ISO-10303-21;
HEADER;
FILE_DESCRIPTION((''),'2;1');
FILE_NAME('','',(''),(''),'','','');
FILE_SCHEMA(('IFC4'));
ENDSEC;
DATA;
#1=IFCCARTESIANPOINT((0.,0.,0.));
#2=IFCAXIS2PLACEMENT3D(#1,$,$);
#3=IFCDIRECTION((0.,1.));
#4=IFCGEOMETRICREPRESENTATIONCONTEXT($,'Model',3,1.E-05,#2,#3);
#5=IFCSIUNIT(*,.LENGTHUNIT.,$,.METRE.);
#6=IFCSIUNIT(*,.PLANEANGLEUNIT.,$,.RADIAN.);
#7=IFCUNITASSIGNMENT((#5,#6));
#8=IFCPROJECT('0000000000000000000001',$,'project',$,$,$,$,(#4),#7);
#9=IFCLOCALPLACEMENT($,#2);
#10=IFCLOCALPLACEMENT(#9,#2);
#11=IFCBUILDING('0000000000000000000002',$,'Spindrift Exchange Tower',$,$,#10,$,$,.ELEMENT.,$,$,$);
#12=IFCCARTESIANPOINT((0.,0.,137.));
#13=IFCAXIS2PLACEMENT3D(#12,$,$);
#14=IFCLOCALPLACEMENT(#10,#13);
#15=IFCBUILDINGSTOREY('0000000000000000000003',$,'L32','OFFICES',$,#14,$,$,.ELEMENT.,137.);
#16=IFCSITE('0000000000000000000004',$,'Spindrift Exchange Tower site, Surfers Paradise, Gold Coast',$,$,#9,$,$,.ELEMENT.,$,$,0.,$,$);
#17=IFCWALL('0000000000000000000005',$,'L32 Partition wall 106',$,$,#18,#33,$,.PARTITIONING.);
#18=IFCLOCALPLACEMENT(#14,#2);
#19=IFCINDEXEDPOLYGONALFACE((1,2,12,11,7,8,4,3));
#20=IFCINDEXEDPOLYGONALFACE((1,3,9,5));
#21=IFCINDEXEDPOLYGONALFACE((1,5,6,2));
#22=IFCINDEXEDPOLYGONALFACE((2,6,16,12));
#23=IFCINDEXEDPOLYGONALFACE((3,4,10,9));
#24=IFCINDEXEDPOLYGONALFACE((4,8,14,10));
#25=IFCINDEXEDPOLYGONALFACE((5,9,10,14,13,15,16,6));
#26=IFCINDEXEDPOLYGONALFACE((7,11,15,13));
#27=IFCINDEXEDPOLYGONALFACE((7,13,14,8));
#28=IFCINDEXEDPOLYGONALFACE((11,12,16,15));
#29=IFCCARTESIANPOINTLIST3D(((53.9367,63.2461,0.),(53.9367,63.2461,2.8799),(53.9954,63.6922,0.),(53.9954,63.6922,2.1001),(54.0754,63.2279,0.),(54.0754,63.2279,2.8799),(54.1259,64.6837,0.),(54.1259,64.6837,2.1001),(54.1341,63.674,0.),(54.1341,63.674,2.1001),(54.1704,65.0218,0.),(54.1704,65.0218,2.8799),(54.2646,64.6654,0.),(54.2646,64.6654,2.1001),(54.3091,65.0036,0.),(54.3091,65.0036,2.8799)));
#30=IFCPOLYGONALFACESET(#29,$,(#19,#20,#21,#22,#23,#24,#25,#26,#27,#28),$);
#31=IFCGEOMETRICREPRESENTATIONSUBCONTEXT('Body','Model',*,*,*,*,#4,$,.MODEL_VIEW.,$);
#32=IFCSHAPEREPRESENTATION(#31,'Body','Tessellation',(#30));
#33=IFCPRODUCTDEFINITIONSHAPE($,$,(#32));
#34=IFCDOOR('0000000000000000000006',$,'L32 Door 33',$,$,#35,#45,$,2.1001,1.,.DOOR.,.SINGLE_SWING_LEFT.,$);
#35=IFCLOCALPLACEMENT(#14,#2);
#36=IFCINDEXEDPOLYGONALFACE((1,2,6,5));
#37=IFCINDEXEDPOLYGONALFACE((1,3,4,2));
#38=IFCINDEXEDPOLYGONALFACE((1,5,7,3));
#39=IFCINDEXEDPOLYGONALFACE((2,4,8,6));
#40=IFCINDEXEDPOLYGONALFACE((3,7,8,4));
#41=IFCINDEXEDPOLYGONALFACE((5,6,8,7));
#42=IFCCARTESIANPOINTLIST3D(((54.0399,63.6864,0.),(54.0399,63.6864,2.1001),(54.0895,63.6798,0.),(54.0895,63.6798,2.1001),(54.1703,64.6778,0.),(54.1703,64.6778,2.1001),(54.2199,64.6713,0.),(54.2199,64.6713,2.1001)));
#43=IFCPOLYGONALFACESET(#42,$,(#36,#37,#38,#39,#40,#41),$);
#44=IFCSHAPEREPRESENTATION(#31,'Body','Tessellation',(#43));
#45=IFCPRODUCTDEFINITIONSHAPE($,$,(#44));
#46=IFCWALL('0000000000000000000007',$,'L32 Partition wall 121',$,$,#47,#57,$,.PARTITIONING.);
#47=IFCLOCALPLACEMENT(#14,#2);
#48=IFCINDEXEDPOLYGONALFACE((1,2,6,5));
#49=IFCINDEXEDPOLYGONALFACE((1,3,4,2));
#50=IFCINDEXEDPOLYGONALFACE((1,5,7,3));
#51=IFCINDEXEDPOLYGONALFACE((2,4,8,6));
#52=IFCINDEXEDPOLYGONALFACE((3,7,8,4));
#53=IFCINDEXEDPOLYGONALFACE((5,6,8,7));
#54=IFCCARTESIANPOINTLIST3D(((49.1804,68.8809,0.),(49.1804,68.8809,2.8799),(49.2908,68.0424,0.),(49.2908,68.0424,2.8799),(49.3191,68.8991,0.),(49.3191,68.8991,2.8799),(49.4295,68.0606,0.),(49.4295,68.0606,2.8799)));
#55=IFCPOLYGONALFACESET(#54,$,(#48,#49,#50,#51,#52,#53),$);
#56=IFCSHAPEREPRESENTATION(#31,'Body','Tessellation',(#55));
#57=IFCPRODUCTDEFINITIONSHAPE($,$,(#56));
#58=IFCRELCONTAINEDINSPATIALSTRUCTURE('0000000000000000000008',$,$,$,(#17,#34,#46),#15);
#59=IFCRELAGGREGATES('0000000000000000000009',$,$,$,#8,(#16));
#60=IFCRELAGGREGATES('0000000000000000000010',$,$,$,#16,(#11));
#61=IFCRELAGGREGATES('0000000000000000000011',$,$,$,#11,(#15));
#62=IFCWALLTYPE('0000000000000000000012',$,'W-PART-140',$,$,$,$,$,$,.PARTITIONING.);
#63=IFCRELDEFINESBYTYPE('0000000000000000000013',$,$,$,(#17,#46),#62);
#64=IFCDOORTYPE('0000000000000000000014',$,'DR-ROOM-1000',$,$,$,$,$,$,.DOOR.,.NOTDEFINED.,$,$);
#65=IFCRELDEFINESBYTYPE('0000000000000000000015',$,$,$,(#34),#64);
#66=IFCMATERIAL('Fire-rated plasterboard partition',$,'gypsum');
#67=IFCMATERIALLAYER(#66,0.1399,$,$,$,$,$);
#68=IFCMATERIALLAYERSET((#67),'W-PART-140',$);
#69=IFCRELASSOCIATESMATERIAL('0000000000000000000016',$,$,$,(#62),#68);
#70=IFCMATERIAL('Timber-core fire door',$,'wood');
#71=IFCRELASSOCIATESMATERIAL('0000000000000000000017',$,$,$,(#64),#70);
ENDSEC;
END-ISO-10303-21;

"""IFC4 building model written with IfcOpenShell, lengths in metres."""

from ifc_helpers import new_model, si_unit, direction, frame, frame_2d, origin, place, context, subcontext, project, spatial, rectangle, extrude, source, transform, mapped, material, layer, layer_set, type_object, element, fill, save


model = new_model("IFC4")

# Units and contexts
model_context = context("Model", 3, precision=1e-05, world=origin(), true_north=direction((0.0, 1.0)))
body_context = subcontext(model_context, "Body", "Model", "MODEL_VIEW")
ifc_project = project(units=[si_unit("LENGTHUNIT", "METRE"), si_unit("PLANEANGLEUNIT", "RADIAN")], contexts=[model_context])

# Site, building, storey
site_placement = place(None, origin())
site = spatial("IfcSite", under=ifc_project, at=site_placement, Name="Spindrift Exchange Tower site, Surfers Paradise, Gold Coast", CompositionType="ELEMENT", RefElevation=0.0)
building_placement = place(site_placement, origin())
building = spatial("IfcBuilding", under=site, at=building_placement, Name="Spindrift Exchange Tower", CompositionType="ELEMENT")
storey_placement = place(building_placement, frame((0.0, 0.0, 137.0)))
storey = spatial("IfcBuildingStorey", under=building, at=storey_placement, Name="L32", Description="OFFICES", CompositionType="ELEMENT", Elevation=137.0)

# Shared definitions
ifc_material_1 = material(Name="Fire-rated plasterboard partition", Category="gypsum")
ifc_layer_1 = layer(ifc_material_1, 0.1399)
ifc_layer_set_1 = layer_set([ifc_layer_1], Name="W-PART-140")
wall_type = type_object("IfcWallType", Name="W-PART-140", PredefinedType="PARTITIONING", material=ifc_layer_set_1)

# Wall, opening, door
wall_1_placement = place(storey_placement, frame((54.2397, 65.0127, 0.0), z_axis=(0.0, 0.0, 1.0), x_axis=(-0.130458, -0.991454, 0.0)))
wall_1 = element("IfcWall", 1, at=wall_1_placement, inside=storey, type_object=wall_type, Name="L32 Partition wall 106", PredefinedType="PARTITIONING", context=body_context, shape_type="SweptSolid", body=[
    extrude(rectangle(XDim=1.791, YDim=0.1399, at=frame_2d((0.8955, 0.0))), origin(), (0.0, 0.0, 1.0), 2.8799),
])
opening_placement = place(wall_1_placement, frame((0.3411, 0.0, 0.0)))
opening = element("IfcOpeningElement", 2, at=opening_placement, cuts=wall_1, PredefinedType="OPENING", context=body_context, shape_type="SweptSolid", body=[
    extrude(rectangle(XDim=1.0, YDim=2.1001, at=frame_2d((0.5, 1.05))), frame((0.0, 0.0798, 0.0), z_axis=(0.0, -1.0, 0.0), x_axis=(1.0, 0.0, 0.0)), (0.0, 0.0, 1.0), 0.1599),
])
ifc_material_2 = material(Name="Timber-core fire door", Category="wood")
door_type = type_object("IfcDoorType", Name="DR-ROOM-1000", OperationType="NOTDEFINED", PredefinedType="DOOR", material=ifc_material_2)
shared_shape_1 = source(origin(), body_context, "Body", "SweptSolid", [
    extrude(rectangle(XDim=1.0, YDim=2.1001, at=frame_2d((0.5, 1.05))), frame((0.0, 0.0249, 0.0), z_axis=(0.0, -1.0, 0.0), x_axis=(1.0, 0.0, 0.0)), (0.0, 0.0, 1.0), 0.05),
])
door_placement = place(opening_placement, origin())
door = element("IfcDoor", 3, at=door_placement, inside=storey, type_object=door_type, Name="L32 Door 33", OperationType="SINGLE_SWING_LEFT", OverallHeight=2.1001, OverallWidth=1.0, PredefinedType="DOOR", context=body_context, shape_type="MappedRepresentation", body=[
    mapped(shared_shape_1, transform((0.0, 0.0, 0.0), scale=1.0)),
])
fill(opening, door)

# Wall
wall_2_placement = place(storey_placement, frame((49.3601, 68.0515, 0.0), z_axis=(0.0, 0.0, 1.0), x_axis=(-0.130499, 0.991448, 0.0)))
element("IfcWall", 4, at=wall_2_placement, inside=storey, type_object=wall_type, Name="L32 Partition wall 121", PredefinedType="PARTITIONING", context=body_context, shape_type="SweptSolid", body=[
    extrude(rectangle(XDim=0.8457, YDim=0.1399, at=frame_2d((0.4229, 0.0))), origin(), (0.0, 0.0, 1.0), 2.8799),
])

save(model, "model.ifc")
